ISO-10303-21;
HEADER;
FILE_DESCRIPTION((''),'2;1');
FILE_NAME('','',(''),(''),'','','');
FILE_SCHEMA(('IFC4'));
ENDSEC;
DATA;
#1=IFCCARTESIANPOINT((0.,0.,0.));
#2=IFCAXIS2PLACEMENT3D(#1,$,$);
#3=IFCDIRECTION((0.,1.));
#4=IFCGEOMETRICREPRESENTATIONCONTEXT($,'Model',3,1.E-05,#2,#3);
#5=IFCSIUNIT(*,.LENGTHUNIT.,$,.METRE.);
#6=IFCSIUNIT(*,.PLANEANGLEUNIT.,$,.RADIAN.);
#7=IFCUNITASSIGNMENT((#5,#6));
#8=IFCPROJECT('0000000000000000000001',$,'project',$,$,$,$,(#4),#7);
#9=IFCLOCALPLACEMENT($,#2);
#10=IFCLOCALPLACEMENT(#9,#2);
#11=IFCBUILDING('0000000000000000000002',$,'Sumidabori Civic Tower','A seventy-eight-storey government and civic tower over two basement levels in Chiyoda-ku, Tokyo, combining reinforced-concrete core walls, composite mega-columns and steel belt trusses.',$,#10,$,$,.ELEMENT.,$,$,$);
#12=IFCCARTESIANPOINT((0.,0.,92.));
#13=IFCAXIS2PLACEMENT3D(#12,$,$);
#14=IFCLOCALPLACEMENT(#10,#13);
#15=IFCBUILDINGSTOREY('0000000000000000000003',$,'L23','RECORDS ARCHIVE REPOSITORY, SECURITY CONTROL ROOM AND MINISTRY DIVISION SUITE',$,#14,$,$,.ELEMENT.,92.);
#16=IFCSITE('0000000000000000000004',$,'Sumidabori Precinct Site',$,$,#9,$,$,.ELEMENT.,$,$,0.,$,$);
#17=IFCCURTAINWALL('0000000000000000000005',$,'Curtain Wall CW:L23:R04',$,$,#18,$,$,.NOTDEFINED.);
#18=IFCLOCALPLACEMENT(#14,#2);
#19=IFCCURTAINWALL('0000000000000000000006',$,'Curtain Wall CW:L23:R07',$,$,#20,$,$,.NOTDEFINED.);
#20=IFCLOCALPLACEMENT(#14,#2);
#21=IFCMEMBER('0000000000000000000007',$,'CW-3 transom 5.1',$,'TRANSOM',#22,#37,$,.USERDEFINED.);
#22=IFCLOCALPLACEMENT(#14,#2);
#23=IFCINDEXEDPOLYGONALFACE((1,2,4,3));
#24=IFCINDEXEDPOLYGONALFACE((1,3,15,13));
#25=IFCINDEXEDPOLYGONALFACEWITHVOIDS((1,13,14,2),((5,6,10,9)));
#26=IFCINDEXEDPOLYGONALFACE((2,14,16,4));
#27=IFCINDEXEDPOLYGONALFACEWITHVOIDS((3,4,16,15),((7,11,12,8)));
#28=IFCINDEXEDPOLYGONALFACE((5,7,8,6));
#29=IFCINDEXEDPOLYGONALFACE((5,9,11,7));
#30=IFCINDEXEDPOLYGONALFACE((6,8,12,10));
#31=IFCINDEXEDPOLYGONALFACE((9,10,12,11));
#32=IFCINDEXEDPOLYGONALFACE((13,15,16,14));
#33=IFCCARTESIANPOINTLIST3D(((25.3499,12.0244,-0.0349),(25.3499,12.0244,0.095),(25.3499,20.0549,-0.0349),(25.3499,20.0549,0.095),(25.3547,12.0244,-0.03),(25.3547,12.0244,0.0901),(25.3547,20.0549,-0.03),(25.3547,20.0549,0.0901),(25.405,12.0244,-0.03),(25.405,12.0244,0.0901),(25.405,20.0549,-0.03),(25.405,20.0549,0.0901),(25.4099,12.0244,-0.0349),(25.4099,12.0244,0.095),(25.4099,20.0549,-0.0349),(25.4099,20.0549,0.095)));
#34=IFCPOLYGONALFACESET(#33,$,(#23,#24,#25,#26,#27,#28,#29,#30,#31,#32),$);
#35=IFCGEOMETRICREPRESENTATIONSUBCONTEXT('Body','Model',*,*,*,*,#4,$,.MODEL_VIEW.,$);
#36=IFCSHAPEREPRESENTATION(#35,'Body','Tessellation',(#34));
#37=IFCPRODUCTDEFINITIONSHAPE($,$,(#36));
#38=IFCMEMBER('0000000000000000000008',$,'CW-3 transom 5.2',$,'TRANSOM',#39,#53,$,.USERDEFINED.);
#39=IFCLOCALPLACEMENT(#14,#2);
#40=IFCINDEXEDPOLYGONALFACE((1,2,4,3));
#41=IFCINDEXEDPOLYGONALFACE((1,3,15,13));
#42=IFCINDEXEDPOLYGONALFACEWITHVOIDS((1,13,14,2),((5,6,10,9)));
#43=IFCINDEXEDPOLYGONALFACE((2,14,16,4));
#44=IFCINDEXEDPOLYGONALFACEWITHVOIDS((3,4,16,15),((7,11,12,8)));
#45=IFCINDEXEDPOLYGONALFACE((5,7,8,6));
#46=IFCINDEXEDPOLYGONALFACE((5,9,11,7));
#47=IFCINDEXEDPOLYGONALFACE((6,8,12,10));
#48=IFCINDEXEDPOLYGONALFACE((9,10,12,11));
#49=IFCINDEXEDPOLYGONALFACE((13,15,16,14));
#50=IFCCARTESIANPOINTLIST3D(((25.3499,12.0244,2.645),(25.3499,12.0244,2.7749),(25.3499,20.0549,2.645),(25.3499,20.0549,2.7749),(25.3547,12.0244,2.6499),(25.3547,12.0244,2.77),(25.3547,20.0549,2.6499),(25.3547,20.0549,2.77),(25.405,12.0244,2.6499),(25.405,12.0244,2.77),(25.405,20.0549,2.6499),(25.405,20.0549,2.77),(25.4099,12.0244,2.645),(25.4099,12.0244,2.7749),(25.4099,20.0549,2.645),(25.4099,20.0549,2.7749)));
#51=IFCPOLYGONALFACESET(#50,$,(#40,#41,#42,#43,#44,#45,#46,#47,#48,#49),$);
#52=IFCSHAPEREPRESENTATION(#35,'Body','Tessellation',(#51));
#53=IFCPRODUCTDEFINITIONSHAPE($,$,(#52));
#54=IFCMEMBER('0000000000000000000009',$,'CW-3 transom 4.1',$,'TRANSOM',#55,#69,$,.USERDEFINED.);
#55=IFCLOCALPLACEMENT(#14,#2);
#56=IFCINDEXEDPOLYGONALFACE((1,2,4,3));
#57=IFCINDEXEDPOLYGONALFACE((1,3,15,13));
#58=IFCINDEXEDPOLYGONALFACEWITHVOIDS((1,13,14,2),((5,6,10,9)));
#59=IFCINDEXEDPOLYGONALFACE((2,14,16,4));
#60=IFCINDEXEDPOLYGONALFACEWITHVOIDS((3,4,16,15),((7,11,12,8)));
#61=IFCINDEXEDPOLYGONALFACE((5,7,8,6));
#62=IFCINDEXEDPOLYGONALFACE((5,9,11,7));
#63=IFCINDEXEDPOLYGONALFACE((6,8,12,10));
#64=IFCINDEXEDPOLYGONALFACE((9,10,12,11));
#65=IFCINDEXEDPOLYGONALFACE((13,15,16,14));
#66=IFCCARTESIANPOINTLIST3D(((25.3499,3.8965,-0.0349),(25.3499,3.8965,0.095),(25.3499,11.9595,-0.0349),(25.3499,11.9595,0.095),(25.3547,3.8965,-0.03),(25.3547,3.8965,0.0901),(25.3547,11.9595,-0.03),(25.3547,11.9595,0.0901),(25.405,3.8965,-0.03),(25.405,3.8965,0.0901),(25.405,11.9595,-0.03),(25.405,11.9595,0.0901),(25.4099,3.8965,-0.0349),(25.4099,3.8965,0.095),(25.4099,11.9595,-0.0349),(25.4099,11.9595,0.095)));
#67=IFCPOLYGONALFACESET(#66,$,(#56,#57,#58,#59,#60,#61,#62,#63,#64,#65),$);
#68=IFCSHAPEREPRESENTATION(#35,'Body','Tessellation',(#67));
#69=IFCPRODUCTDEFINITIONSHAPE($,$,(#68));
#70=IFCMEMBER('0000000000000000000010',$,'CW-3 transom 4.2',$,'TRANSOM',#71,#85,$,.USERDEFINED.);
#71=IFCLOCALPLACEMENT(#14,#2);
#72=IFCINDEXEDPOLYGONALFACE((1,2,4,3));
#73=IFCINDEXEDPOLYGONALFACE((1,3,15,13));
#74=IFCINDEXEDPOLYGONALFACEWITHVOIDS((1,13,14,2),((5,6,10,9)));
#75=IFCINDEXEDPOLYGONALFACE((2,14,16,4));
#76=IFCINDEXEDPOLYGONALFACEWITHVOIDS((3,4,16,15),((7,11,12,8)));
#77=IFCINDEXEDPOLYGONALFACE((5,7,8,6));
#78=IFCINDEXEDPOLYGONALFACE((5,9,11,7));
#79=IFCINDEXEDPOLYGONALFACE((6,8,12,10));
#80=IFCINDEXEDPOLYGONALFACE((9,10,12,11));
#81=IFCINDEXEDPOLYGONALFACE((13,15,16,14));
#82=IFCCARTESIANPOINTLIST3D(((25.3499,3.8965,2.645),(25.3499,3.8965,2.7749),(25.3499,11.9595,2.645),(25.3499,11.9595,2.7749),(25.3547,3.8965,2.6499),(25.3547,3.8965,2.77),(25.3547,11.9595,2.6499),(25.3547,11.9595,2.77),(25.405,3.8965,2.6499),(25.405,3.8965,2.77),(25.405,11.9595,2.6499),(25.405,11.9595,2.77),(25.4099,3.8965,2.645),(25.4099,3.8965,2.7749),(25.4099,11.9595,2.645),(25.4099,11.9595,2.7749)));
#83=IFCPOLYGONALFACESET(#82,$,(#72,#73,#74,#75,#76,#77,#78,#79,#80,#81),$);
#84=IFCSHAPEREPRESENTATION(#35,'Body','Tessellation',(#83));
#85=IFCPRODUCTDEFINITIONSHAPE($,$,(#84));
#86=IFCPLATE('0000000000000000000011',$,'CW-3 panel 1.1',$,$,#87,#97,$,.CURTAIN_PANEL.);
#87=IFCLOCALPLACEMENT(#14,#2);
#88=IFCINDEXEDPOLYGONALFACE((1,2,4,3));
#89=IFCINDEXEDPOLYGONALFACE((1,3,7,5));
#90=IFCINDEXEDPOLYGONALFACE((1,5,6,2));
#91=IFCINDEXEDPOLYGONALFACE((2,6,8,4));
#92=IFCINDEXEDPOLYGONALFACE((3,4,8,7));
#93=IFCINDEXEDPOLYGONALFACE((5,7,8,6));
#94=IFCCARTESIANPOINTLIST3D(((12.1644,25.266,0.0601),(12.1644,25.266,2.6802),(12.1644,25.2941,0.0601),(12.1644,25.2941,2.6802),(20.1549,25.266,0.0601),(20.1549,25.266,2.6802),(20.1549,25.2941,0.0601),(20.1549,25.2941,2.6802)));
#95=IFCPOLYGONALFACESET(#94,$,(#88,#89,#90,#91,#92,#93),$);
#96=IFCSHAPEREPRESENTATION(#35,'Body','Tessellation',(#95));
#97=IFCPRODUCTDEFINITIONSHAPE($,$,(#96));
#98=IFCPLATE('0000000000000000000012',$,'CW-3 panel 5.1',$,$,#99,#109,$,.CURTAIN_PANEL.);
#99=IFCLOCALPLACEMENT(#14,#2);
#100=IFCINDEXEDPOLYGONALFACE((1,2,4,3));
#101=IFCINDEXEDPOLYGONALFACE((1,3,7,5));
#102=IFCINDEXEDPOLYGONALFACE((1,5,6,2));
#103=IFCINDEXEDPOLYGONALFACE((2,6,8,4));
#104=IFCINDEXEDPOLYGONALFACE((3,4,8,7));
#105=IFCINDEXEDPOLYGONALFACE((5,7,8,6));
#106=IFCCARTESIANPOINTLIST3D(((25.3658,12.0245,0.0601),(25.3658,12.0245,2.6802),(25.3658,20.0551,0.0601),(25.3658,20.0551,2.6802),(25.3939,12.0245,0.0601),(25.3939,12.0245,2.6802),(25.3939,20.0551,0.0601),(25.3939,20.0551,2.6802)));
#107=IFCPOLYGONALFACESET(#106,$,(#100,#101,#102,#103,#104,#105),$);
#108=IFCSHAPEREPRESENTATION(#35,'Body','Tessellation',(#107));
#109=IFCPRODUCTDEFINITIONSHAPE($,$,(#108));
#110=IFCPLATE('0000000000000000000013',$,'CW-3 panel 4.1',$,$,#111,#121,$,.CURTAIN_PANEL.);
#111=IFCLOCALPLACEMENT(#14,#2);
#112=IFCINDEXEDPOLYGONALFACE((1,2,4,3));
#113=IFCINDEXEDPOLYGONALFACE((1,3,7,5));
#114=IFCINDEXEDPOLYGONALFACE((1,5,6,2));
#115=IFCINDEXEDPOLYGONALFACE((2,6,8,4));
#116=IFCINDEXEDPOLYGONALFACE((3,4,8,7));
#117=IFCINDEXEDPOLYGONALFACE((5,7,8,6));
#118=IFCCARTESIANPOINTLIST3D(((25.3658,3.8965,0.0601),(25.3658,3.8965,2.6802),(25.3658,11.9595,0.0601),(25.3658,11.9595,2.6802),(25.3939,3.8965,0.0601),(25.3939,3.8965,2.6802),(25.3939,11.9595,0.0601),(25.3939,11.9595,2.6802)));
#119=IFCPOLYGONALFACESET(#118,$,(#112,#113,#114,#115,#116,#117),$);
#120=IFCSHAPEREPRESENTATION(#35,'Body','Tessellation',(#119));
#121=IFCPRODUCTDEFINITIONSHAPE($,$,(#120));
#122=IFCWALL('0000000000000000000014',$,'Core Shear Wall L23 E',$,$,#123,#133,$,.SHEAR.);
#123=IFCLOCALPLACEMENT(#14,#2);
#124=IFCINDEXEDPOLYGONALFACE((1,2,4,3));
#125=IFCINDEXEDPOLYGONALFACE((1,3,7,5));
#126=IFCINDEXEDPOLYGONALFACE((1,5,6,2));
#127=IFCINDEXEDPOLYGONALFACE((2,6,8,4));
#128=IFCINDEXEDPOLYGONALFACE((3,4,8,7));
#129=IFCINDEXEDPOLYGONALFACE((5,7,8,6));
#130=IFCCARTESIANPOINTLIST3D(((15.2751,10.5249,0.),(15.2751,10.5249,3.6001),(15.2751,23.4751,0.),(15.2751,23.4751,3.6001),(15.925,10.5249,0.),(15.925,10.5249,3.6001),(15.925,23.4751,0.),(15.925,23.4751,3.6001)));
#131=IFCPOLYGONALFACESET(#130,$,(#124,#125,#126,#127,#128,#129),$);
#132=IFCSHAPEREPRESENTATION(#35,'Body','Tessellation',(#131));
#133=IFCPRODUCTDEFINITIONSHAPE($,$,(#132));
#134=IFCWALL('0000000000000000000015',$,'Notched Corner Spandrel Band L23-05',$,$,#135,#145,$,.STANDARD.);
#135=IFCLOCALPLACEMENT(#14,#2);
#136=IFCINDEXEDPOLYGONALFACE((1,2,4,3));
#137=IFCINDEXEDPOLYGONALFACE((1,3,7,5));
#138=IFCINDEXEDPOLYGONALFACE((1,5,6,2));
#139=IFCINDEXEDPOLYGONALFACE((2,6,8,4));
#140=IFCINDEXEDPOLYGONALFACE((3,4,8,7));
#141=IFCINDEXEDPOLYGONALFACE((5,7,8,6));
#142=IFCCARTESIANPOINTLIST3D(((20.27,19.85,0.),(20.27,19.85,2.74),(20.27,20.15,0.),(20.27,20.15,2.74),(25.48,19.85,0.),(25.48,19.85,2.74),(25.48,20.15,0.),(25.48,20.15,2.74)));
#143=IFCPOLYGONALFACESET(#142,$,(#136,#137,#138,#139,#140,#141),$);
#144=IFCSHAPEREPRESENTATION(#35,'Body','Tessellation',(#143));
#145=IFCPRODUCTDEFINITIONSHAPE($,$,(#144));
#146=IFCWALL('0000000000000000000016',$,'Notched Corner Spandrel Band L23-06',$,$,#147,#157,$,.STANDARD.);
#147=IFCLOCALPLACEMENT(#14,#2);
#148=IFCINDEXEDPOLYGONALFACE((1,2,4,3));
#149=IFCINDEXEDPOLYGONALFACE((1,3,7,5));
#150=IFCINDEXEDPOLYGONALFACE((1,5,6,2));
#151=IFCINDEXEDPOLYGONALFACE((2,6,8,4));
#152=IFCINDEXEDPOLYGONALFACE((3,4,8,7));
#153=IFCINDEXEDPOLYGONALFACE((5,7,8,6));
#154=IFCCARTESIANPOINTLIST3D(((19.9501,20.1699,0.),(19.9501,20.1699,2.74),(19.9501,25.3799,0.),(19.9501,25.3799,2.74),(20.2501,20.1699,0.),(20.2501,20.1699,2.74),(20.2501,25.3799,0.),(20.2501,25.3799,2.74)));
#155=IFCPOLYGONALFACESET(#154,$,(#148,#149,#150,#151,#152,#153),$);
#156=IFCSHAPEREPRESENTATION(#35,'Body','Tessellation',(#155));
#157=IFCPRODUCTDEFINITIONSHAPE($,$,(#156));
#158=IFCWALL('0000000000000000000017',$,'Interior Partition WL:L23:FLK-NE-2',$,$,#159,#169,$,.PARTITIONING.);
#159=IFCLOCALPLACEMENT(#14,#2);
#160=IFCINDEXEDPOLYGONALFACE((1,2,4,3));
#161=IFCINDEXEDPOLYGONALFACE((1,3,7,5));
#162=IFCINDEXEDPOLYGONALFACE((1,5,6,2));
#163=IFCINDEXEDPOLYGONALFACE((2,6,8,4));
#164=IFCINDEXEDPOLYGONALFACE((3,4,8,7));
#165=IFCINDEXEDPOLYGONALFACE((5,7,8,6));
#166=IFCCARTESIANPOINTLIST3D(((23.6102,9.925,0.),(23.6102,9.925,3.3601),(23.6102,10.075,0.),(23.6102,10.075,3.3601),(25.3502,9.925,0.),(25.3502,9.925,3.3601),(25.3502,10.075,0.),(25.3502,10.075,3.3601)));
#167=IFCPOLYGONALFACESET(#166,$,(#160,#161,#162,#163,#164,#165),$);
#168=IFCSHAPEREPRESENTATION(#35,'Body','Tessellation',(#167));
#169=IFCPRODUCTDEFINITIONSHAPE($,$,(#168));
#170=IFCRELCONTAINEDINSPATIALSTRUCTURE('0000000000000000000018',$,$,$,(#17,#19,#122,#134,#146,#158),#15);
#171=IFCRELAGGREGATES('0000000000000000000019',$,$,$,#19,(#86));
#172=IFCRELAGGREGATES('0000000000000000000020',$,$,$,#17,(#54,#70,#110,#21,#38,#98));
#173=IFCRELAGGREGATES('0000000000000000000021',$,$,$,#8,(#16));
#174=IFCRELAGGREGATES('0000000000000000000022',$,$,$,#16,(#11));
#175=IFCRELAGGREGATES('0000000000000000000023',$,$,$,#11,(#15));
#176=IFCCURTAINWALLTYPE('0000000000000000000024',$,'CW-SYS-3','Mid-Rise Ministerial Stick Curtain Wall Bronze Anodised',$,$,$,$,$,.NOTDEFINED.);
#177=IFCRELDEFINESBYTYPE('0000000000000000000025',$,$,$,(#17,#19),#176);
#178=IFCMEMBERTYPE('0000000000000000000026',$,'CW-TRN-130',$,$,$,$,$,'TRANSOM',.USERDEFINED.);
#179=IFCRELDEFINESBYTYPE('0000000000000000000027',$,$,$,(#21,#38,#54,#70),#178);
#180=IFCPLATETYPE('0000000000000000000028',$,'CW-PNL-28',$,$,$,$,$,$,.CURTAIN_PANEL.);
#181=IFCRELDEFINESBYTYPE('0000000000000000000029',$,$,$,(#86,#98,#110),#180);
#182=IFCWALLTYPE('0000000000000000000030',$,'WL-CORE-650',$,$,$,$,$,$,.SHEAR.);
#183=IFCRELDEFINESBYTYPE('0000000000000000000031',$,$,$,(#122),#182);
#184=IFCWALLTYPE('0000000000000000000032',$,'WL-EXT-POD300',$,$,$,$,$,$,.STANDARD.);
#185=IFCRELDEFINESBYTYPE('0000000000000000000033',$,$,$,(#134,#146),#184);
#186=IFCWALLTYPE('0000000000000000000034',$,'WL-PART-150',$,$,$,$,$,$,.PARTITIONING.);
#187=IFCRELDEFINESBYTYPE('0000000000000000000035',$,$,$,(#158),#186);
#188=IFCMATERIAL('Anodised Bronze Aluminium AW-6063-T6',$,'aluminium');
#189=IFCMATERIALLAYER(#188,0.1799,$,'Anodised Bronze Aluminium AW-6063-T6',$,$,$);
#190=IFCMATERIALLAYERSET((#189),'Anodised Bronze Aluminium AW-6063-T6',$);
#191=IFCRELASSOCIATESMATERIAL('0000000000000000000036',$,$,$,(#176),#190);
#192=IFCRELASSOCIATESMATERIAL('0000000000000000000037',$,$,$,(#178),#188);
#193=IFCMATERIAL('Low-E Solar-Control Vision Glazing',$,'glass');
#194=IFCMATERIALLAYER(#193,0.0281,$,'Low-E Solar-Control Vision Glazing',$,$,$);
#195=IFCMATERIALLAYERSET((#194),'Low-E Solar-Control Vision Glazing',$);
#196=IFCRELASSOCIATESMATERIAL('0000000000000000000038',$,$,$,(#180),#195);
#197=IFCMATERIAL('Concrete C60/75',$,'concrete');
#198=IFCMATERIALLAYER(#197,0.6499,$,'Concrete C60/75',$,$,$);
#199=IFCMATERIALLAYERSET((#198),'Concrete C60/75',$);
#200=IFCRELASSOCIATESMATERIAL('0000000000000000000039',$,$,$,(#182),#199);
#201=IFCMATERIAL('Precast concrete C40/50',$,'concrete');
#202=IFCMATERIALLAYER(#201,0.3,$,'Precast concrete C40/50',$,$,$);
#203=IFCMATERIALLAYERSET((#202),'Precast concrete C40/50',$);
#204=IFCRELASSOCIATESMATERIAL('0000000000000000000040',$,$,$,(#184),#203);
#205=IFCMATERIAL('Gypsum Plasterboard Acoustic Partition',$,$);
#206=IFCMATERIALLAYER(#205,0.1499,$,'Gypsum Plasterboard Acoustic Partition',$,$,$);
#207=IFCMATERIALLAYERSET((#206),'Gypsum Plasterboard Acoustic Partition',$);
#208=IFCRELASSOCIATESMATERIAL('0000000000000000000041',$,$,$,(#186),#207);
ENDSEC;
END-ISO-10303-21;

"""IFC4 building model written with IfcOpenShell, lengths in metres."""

from ifc_helpers import new_model, si_unit, direction, frame, frame_2d, origin, origin_2d, place, context, subcontext, project, spatial, rectangle, hollow_rectangle, extrude, source, transform, mapped, material, layer, layer_set, material_profile, profile_set, type_object, element, aggregate, save


model = new_model("IFC4")

# Units and contexts
model_context = context("Model", 3, precision=1e-05, world=origin(), true_north=direction((0.0, 1.0)))
body_context = subcontext(model_context, "Body", "Model", "MODEL_VIEW")
ifc_project = project(units=[si_unit("LENGTHUNIT", "METRE"), si_unit("PLANEANGLEUNIT", "RADIAN")], contexts=[model_context])

# Site, building, storey
site_placement = place(None, origin())
site = spatial("IfcSite", under=ifc_project, at=site_placement, Name="Sumidabori Precinct Site", CompositionType="ELEMENT", RefElevation=0.0)
building_placement = place(site_placement, origin())
building = spatial("IfcBuilding", under=site, at=building_placement, Name="Sumidabori Civic Tower", Description="A seventy-eight-storey government and civic tower over two basement levels in Chiyoda-ku, Tokyo, combining reinforced-concrete core walls, composite mega-columns and steel belt trusses.", CompositionType="ELEMENT")
storey_placement = place(building_placement, frame((0.0, 0.0, 92.0)))
storey = spatial("IfcBuildingStorey", under=building, at=storey_placement, Name="L23", Description="RECORDS ARCHIVE REPOSITORY, SECURITY CONTROL ROOM AND MINISTRY DIVISION SUITE", CompositionType="ELEMENT", Elevation=92.0)

# Shared definitions
ifc_material_1 = material(Name="Concrete C60/75", Category="concrete")

# Curtain walls
ifc_material_2 = material(Name="Anodised Bronze Aluminium AW-6063-T6", Category="aluminium")
ifc_layer_1 = layer(ifc_material_2, 0.1799, Name="Anodised Bronze Aluminium AW-6063-T6")
ifc_layer_set_1 = layer_set([ifc_layer_1], Name="Anodised Bronze Aluminium AW-6063-T6")
curtain_wall_type = type_object("IfcCurtainWallType", Name="CW-SYS-3", Description="Mid-Rise Ministerial Stick Curtain Wall Bronze Anodised", PredefinedType="NOTDEFINED", material=ifc_layer_set_1)
curtain_wall_1_placement = place(storey_placement, origin())
curtain_wall_1 = element("IfcCurtainWall", 1, at=curtain_wall_1_placement, inside=storey, type_object=curtain_wall_type, Name="Curtain Wall CW:L23:R04", PredefinedType="NOTDEFINED")
curtain_wall_2_placement = place(storey_placement, origin())
curtain_wall_2 = element("IfcCurtainWall", 2, at=curtain_wall_2_placement, inside=storey, type_object=curtain_wall_type, Name="Curtain Wall CW:L23:R07", PredefinedType="NOTDEFINED")
ifc_material_profile_1 = material_profile(ifc_material_2, hollow_rectangle(XDim=0.0601, YDim=0.1299, WallThickness=0.0049, at=origin_2d()), Name="ALU TRANSOM 130x60")
ifc_profile_set_1 = profile_set([ifc_material_profile_1], Name="Anodised Bronze Aluminium AW-6063-T6")
member_type_1 = type_object("IfcMemberType", Name="CW-TRN-130", ElementType="TRANSOM", PredefinedType="USERDEFINED", material=ifc_profile_set_1)

# Members
shared_shape_1 = source(origin(), body_context, "Body", "SweptSolid", [
    extrude(hollow_rectangle(XDim=0.0601, YDim=0.1299, WallThickness=0.0049, at=origin_2d()), origin(), (0.0, 0.0, 1.0), 8.0305),
])
member_1_placement = place(storey_placement, frame((25.3799, 12.0244, 0.03), z_axis=(0.0, 1.0, 0.0), x_axis=(-1.0, 0.0, 0.0)))
member_1 = element("IfcMember", 3, at=member_1_placement, type_object=member_type_1, Name="CW-3 transom 5.1", ObjectType="TRANSOM", PredefinedType="USERDEFINED", context=body_context, shape_type="MappedRepresentation", body=[
    mapped(shared_shape_1, transform((0.0, 0.0, 0.0), x_axis=(1.0, 0.0, 0.0), y_axis=(0.0, 1.0, 0.0), z_axis=(0.0, 0.0, 1.0), scale=1.0)),
])
member_2_placement = place(storey_placement, frame((25.3799, 12.0244, 2.71), z_axis=(0.0, 1.0, 0.0), x_axis=(-1.0, 0.0, 0.0)))
member_2 = element("IfcMember", 4, at=member_2_placement, type_object=member_type_1, Name="CW-3 transom 5.2", ObjectType="TRANSOM", PredefinedType="USERDEFINED", context=body_context, shape_type="MappedRepresentation", body=[
    mapped(shared_shape_1, transform((0.0, 0.0, 0.0), x_axis=(1.0, 0.0, 0.0), y_axis=(0.0, 1.0, 0.0), z_axis=(0.0, 0.0, 1.0), scale=1.0)),
])
shared_shape_2 = source(origin(), body_context, "Body", "SweptSolid", [
    extrude(hollow_rectangle(XDim=0.0601, YDim=0.1299, WallThickness=0.0049, at=origin_2d()), origin(), (0.0, 0.0, 1.0), 8.063),
])
member_3_placement = place(storey_placement, frame((25.3799, 3.8965, 0.03), z_axis=(0.0, 1.0, 0.0), x_axis=(-1.0, 0.0, 0.0)))
member_3 = element("IfcMember", 5, at=member_3_placement, type_object=member_type_1, Name="CW-3 transom 4.1", ObjectType="TRANSOM", PredefinedType="USERDEFINED", context=body_context, shape_type="MappedRepresentation", body=[
    mapped(shared_shape_2, transform((0.0, 0.0, 0.0), x_axis=(1.0, 0.0, 0.0), y_axis=(0.0, 1.0, 0.0), z_axis=(0.0, 0.0, 1.0), scale=1.0)),
])
member_4_placement = place(storey_placement, frame((25.3799, 3.8965, 2.71), z_axis=(0.0, 1.0, 0.0), x_axis=(-1.0, 0.0, 0.0)))
member_4 = element("IfcMember", 6, at=member_4_placement, type_object=member_type_1, Name="CW-3 transom 4.2", ObjectType="TRANSOM", PredefinedType="USERDEFINED", context=body_context, shape_type="MappedRepresentation", body=[
    mapped(shared_shape_2, transform((0.0, 0.0, 0.0), x_axis=(1.0, 0.0, 0.0), y_axis=(0.0, 1.0, 0.0), z_axis=(0.0, 0.0, 1.0), scale=1.0)),
])

# Plates
ifc_material_3 = material(Name="Low-E Solar-Control Vision Glazing", Category="glass")
ifc_layer_2 = layer(ifc_material_3, 0.0281, Name="Low-E Solar-Control Vision Glazing")
ifc_layer_set_2 = layer_set([ifc_layer_2], Name="Low-E Solar-Control Vision Glazing")
plate_type = type_object("IfcPlateType", Name="CW-PNL-28", PredefinedType="CURTAIN_PANEL", material=ifc_layer_set_2)
shared_shape_3 = source(origin(), body_context, "Body", "SweptSolid", [
    extrude(rectangle(XDim=7.9905, YDim=0.0281, at=origin_2d()), origin(), (0.0, 0.0, 1.0), 2.6201),
])
plate_1_placement = place(storey_placement, frame((16.1597, 25.28, 0.0601), z_axis=(0.0, 0.0, 1.0), x_axis=(-1.0, 0.0, 0.0)))
plate_1 = element("IfcPlate", 7, at=plate_1_placement, type_object=plate_type, Name="CW-3 panel 1.1", PredefinedType="CURTAIN_PANEL", context=body_context, shape_type="MappedRepresentation", body=[
    mapped(shared_shape_3, transform((0.0, 0.0, 0.0), x_axis=(1.0, 0.0, 0.0), y_axis=(0.0, 1.0, 0.0), z_axis=(0.0, 0.0, 1.0), scale=1.0)),
])
aggregate(curtain_wall_2, [plate_1])
shared_shape_4 = source(origin(), body_context, "Body", "SweptSolid", [
    extrude(rectangle(XDim=8.0305, YDim=0.0281, at=origin_2d()), origin(), (0.0, 0.0, 1.0), 2.6201),
])
plate_2_placement = place(storey_placement, frame((25.3799, 16.0398, 0.0601), z_axis=(0.0, 0.0, 1.0), x_axis=(0.0, 1.0, 0.0)))
plate_2 = element("IfcPlate", 8, at=plate_2_placement, type_object=plate_type, Name="CW-3 panel 5.1", PredefinedType="CURTAIN_PANEL", context=body_context, shape_type="MappedRepresentation", body=[
    mapped(shared_shape_4, transform((0.0, 0.0, 0.0), x_axis=(1.0, 0.0, 0.0), y_axis=(0.0, 1.0, 0.0), z_axis=(0.0, 0.0, 1.0), scale=1.0)),
])
shared_shape_5 = source(origin(), body_context, "Body", "SweptSolid", [
    extrude(rectangle(XDim=8.063, YDim=0.0281, at=origin_2d()), origin(), (0.0, 0.0, 1.0), 2.6201),
])
plate_3_placement = place(storey_placement, frame((25.3799, 7.928, 0.0601), z_axis=(0.0, 0.0, 1.0), x_axis=(0.0, 1.0, 0.0)))
plate_3 = element("IfcPlate", 9, at=plate_3_placement, type_object=plate_type, Name="CW-3 panel 4.1", PredefinedType="CURTAIN_PANEL", context=body_context, shape_type="MappedRepresentation", body=[
    mapped(shared_shape_5, transform((0.0, 0.0, 0.0), x_axis=(1.0, 0.0, 0.0), y_axis=(0.0, 1.0, 0.0), z_axis=(0.0, 0.0, 1.0), scale=1.0)),
])
aggregate(curtain_wall_1, [member_3, member_4, plate_3, member_1, member_2, plate_2])

# Walls
ifc_layer_3 = layer(ifc_material_1, 0.6499, Name="Concrete C60/75")
ifc_layer_set_3 = layer_set([ifc_layer_3], Name="Concrete C60/75")
wall_type_1 = type_object("IfcWallType", Name="WL-CORE-650", PredefinedType="SHEAR", material=ifc_layer_set_3)
shared_shape_6 = source(origin(), body_context, "Body", "SweptSolid", [
    extrude(rectangle(XDim=12.9502, YDim=0.6499, at=frame_2d((6.4751, 0.0))), origin(), (0.0, 0.0, 1.0), 3.6001),
])
wall_1_placement = place(storey_placement, frame((15.6001, 10.5249, 0.0), z_axis=(0.0, 0.0, 1.0), x_axis=(0.0, 1.0, 0.0)))
element("IfcWall", 10, at=wall_1_placement, inside=storey, type_object=wall_type_1, Name="Core Shear Wall L23 E", PredefinedType="SHEAR", context=body_context, shape_type="MappedRepresentation", body=[
    mapped(shared_shape_6, transform((0.0, 0.0, 0.0), x_axis=(1.0, 0.0, 0.0), y_axis=(0.0, 1.0, 0.0), z_axis=(0.0, 0.0, 1.0), scale=1.0)),
])
ifc_material_4 = material(Name="Precast concrete C40/50", Category="concrete")
ifc_layer_4 = layer(ifc_material_4, 0.3, Name="Precast concrete C40/50")
ifc_layer_set_4 = layer_set([ifc_layer_4], Name="Precast concrete C40/50")
wall_type_2 = type_object("IfcWallType", Name="WL-EXT-POD300", PredefinedType="STANDARD", material=ifc_layer_set_4)
shared_shape_7 = source(origin(), body_context, "Body", "SweptSolid", [
    extrude(rectangle(XDim=5.21, YDim=0.3, at=frame_2d((2.605, 0.0))), origin(), (0.0, 0.0, 1.0), 2.74),
])
for number, where, z_axis, x_axis, name in (
    (11, (25.48, 20.0, 0.0), (0.0, 0.0, 1.0), (-1.0, 0.0, 0.0), "Notched Corner Spandrel Band L23-05"),
    (12, (20.1001, 20.1699, 0.0), (0.0, 0.0, 1.0), (0.0, 1.0, 0.0), "Notched Corner Spandrel Band L23-06"),
):
    element("IfcWall", number, at=place(storey_placement, frame(where, z_axis=z_axis, x_axis=x_axis)), inside=storey, type_object=wall_type_2, Name=name, PredefinedType="STANDARD", context=body_context, shape_type="MappedRepresentation", body=[
        mapped(shared_shape_7, transform((0.0, 0.0, 0.0), x_axis=(1.0, 0.0, 0.0), y_axis=(0.0, 1.0, 0.0), z_axis=(0.0, 0.0, 1.0), scale=1.0)),
    ])
ifc_material_5 = material(Name="Gypsum Plasterboard Acoustic Partition")
ifc_layer_5 = layer(ifc_material_5, 0.1499, Name="Gypsum Plasterboard Acoustic Partition")
ifc_layer_set_5 = layer_set([ifc_layer_5], Name="Gypsum Plasterboard Acoustic Partition")
wall_type_3 = type_object("IfcWallType", Name="WL-PART-150", PredefinedType="PARTITIONING", material=ifc_layer_set_5)
shared_shape_8 = source(origin(), body_context, "Body", "SweptSolid", [
    extrude(rectangle(XDim=1.74, YDim=0.1499, at=frame_2d((0.8701, 0.0))), origin(), (0.0, 0.0, 1.0), 3.3601),
])
wall_2_placement = place(storey_placement, frame((23.6101, 10.0, 0.0), z_axis=(0.0, 0.0, 1.0), x_axis=(1.0, 0.0, 0.0)))
element("IfcWall", 13, at=wall_2_placement, inside=storey, type_object=wall_type_3, Name="Interior Partition WL:L23:FLK-NE-2", PredefinedType="PARTITIONING", context=body_context, shape_type="MappedRepresentation", body=[
    mapped(shared_shape_8, transform((0.0, 0.0, 0.0), x_axis=(1.0, 0.0, 0.0), y_axis=(0.0, 1.0, 0.0), z_axis=(0.0, 0.0, 1.0), scale=1.0)),
])

save(model, "model.ifc")
